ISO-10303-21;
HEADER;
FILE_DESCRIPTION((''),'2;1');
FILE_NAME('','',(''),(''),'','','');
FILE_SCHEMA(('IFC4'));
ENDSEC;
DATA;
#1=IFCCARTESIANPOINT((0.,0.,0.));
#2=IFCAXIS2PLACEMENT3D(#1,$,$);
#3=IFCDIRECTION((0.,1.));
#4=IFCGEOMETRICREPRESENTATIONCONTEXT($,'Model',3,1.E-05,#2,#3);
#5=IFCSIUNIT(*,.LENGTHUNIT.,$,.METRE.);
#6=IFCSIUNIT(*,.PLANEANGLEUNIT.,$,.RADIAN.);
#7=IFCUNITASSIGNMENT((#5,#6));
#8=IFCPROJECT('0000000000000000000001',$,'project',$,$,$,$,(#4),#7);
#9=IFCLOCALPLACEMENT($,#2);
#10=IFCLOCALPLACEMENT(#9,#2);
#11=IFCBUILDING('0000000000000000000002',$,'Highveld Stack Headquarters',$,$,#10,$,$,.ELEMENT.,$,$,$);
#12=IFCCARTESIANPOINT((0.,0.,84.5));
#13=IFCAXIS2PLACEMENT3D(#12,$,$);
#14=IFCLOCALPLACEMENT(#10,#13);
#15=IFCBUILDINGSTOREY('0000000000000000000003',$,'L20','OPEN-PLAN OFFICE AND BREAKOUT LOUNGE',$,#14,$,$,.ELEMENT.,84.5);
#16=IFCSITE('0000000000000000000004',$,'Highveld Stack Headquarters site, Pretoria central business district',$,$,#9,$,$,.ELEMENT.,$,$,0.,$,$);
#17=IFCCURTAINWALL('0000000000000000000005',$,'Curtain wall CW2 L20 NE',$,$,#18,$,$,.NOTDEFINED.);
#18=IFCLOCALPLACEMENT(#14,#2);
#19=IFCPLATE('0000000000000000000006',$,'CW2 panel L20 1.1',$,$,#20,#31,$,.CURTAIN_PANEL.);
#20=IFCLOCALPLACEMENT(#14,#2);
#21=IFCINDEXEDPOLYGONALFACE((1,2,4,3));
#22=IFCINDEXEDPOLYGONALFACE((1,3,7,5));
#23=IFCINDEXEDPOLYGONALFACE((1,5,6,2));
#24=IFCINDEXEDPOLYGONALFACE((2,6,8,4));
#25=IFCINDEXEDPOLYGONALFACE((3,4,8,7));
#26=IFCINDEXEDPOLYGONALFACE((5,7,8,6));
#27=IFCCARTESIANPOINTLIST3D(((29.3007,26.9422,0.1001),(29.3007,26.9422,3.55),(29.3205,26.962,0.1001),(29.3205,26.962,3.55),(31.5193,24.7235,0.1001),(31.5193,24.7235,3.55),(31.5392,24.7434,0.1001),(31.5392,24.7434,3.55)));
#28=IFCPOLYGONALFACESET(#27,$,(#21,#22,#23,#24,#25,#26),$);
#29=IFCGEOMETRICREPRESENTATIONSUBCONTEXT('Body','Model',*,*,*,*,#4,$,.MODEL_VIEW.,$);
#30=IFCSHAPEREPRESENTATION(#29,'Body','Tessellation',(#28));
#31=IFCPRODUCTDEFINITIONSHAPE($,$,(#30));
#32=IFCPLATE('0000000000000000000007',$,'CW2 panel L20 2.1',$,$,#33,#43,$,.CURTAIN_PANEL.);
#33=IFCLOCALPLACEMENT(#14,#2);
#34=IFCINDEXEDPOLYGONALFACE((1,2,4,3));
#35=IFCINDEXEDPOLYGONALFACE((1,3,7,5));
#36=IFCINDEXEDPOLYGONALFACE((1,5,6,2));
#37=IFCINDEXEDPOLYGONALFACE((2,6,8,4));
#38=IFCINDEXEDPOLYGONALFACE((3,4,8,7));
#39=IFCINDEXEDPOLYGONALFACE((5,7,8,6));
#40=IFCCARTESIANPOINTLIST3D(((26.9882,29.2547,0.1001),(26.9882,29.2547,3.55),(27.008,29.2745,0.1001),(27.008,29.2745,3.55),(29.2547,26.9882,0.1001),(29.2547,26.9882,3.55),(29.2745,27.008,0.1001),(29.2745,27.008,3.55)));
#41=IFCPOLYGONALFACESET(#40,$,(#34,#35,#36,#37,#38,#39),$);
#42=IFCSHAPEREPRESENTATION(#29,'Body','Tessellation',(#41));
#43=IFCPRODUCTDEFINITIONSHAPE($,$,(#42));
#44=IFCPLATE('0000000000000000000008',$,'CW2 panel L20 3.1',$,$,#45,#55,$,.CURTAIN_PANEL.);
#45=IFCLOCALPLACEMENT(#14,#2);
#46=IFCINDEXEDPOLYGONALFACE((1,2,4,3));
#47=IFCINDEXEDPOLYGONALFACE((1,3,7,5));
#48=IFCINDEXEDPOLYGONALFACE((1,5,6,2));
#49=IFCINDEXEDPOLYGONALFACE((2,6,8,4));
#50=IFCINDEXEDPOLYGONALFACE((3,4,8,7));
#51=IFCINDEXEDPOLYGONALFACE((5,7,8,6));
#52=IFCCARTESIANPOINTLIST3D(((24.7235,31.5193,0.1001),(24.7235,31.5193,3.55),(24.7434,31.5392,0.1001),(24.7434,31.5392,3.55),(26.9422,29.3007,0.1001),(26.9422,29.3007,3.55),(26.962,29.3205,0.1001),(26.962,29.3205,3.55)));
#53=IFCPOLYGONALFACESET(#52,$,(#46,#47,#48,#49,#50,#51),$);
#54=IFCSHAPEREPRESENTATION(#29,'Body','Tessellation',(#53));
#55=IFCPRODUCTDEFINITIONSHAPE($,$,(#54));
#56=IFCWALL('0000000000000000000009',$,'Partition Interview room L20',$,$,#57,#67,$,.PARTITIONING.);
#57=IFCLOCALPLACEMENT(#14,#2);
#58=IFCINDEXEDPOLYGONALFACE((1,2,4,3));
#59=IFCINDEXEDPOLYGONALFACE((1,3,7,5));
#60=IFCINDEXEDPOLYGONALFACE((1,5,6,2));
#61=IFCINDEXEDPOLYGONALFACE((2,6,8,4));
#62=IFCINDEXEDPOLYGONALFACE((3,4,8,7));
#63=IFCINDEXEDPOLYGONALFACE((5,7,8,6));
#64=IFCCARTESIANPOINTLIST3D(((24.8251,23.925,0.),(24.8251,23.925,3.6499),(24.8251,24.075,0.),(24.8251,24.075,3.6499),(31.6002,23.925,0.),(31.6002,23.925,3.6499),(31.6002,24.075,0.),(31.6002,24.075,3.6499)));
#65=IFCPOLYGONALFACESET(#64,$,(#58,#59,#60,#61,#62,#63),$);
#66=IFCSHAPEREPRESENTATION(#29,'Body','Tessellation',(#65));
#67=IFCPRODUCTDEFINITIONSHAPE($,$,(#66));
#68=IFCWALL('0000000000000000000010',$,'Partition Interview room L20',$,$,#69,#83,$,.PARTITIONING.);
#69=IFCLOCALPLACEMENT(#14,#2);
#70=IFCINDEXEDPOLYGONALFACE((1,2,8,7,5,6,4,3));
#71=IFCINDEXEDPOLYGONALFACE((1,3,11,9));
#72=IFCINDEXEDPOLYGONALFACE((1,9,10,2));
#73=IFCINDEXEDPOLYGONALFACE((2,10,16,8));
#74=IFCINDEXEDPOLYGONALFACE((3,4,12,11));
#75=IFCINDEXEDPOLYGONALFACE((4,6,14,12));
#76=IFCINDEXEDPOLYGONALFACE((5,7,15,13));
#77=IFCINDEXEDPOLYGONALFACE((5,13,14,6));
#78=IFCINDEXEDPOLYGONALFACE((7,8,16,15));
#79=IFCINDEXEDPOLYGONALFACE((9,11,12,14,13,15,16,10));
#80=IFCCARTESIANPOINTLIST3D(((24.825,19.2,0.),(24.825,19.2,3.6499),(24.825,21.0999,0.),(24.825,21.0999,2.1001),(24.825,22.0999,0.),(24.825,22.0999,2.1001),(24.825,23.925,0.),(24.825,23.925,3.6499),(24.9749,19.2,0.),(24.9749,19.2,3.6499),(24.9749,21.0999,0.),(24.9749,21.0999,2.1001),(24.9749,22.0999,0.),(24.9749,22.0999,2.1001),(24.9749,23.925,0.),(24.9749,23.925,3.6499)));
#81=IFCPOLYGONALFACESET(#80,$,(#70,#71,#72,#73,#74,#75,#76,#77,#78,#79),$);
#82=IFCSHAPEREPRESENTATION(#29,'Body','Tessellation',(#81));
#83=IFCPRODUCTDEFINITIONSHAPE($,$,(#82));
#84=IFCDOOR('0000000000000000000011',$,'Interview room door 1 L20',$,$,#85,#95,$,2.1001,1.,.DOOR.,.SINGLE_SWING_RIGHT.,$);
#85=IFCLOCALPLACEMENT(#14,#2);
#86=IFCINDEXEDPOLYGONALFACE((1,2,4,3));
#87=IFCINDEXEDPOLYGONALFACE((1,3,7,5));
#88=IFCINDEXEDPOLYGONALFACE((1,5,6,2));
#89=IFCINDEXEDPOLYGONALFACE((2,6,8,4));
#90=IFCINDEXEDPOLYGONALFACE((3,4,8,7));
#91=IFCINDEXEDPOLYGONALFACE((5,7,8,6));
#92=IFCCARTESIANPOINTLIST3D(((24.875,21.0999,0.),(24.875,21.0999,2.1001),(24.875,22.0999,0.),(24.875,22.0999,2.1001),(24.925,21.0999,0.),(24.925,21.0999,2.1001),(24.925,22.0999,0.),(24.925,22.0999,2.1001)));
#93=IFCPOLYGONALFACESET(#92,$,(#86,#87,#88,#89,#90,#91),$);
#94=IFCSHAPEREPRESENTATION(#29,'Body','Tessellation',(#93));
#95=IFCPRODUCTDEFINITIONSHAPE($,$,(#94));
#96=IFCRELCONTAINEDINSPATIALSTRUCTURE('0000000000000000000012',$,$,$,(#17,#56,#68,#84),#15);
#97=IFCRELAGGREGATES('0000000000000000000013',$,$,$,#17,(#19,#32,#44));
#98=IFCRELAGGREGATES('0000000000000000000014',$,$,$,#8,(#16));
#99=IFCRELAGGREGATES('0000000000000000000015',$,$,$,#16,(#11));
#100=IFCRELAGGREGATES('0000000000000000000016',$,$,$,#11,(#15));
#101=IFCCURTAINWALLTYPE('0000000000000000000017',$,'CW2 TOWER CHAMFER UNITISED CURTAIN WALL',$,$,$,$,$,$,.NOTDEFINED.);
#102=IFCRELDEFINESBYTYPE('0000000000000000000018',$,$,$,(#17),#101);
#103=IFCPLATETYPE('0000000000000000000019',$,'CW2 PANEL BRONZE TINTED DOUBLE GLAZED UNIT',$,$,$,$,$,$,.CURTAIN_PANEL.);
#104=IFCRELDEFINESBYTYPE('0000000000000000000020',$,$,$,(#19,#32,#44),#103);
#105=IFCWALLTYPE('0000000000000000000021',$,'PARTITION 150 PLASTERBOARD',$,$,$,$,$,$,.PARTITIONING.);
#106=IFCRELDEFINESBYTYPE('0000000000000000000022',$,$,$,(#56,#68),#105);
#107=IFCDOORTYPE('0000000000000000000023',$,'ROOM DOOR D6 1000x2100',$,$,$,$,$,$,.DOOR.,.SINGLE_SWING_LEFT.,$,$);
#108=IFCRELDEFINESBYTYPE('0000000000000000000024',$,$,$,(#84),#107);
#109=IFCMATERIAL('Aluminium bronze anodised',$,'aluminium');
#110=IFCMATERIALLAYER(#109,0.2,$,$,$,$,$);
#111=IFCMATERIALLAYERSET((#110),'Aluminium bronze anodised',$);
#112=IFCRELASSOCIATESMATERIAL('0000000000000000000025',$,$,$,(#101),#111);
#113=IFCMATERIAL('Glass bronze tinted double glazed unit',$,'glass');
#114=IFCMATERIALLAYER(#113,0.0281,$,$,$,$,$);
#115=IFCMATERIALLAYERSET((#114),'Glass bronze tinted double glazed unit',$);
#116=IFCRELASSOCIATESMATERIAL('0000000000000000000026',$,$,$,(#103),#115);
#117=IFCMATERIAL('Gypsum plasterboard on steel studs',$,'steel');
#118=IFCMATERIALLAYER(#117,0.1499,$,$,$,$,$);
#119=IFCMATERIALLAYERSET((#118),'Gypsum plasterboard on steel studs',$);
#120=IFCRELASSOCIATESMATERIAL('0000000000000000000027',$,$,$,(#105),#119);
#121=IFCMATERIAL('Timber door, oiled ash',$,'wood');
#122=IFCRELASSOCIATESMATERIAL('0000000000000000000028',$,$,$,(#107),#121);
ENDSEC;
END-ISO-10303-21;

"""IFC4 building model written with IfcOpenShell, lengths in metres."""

from ifc_helpers import new_model, si_unit, direction, frame, frame_2d, origin, origin_2d, place, context, subcontext, project, spatial, rectangle, extrude, material, layer, layer_set, type_object, element, fill, aggregate, save


model = new_model("IFC4")

# Units and contexts
model_context = context("Model", 3, precision=1e-05, world=origin(), true_north=direction((0.0, 1.0)))
body_context = subcontext(model_context, "Body", "Model", "MODEL_VIEW")
ifc_project = project(units=[si_unit("LENGTHUNIT", "METRE"), si_unit("PLANEANGLEUNIT", "RADIAN")], contexts=[model_context])

# Site, building, storey
site_placement = place(None, origin())
site = spatial("IfcSite", under=ifc_project, at=site_placement, Name="Highveld Stack Headquarters site, Pretoria central business district", CompositionType="ELEMENT", RefElevation=0.0)
building_placement = place(site_placement, origin())
building = spatial("IfcBuilding", under=site, at=building_placement, Name="Highveld Stack Headquarters", CompositionType="ELEMENT")
storey_placement = place(building_placement, frame((0.0, 0.0, 84.5)))
storey = spatial("IfcBuildingStorey", under=building, at=storey_placement, Name="L20", Description="OPEN-PLAN OFFICE AND BREAKOUT LOUNGE", CompositionType="ELEMENT", Elevation=84.5)

# Curtain wall
ifc_material_1 = material(Name="Aluminium bronze anodised", Category="aluminium")
ifc_layer_1 = layer(ifc_material_1, 0.2)
ifc_layer_set_1 = layer_set([ifc_layer_1], Name="Aluminium bronze anodised")
curtain_wall_type_1 = type_object("IfcCurtainWallType", Name="CW2 TOWER CHAMFER UNITISED CURTAIN WALL", PredefinedType="NOTDEFINED", material=ifc_layer_set_1)
curtain_wall_1_placement = place(storey_placement, origin())
curtain_wall_1 = element("IfcCurtainWall", 1, at=curtain_wall_1_placement, inside=storey, type_object=curtain_wall_type_1, Name="Curtain wall CW2 L20 NE", PredefinedType="NOTDEFINED")

# Plates
ifc_material_2 = material(Name="Glass bronze tinted double glazed unit", Category="glass")
ifc_layer_2 = layer(ifc_material_2, 0.0281)
ifc_layer_set_2 = layer_set([ifc_layer_2], Name="Glass bronze tinted double glazed unit")
plate_type_1 = type_object("IfcPlateType", Name="CW2 PANEL BRONZE TINTED DOUBLE GLAZED UNIT", PredefinedType="CURTAIN_PANEL", material=ifc_layer_set_2)
plate_1_placement = place(storey_placement, frame((30.4199, 25.8428, 0.1001), z_axis=(0.0, 0.0, 1.0), x_axis=(-0.707107, 0.707107, 0.0)))
plate_1 = element("IfcPlate", 2, at=plate_1_placement, type_object=plate_type_1, Name="CW2 panel L20 1.1", PredefinedType="CURTAIN_PANEL", context=body_context, shape_type="SweptSolid", body=[
    extrude(rectangle(XDim=3.1377, YDim=0.0281, at=origin_2d()), origin(), (0.0, 0.0, 1.0), 3.45),
])
plate_2_placement = place(storey_placement, frame((28.1313, 28.1313, 0.1001), z_axis=(0.0, 0.0, 1.0), x_axis=(-0.707107, 0.707107, 0.0)))
plate_2 = element("IfcPlate", 3, at=plate_2_placement, type_object=plate_type_1, Name="CW2 panel L20 2.1", PredefinedType="CURTAIN_PANEL", context=body_context, shape_type="SweptSolid", body=[
    extrude(rectangle(XDim=3.2053, YDim=0.0281, at=origin_2d()), origin(), (0.0, 0.0, 1.0), 3.45),
])
plate_3_placement = place(storey_placement, frame((25.8428, 30.4199, 0.1001), z_axis=(0.0, 0.0, 1.0), x_axis=(-0.707107, 0.707107, 0.0)))
plate_3 = element("IfcPlate", 4, at=plate_3_placement, type_object=plate_type_1, Name="CW2 panel L20 3.1", PredefinedType="CURTAIN_PANEL", context=body_context, shape_type="SweptSolid", body=[
    extrude(rectangle(XDim=3.1377, YDim=0.0281, at=origin_2d()), origin(), (0.0, 0.0, 1.0), 3.45),
])
aggregate(curtain_wall_1, [plate_1, plate_2, plate_3])

# Wall
ifc_material_3 = material(Name="Gypsum plasterboard on steel studs", Category="steel")
ifc_layer_3 = layer(ifc_material_3, 0.1499)
ifc_layer_set_3 = layer_set([ifc_layer_3], Name="Gypsum plasterboard on steel studs")
wall_type = type_object("IfcWallType", Name="PARTITION 150 PLASTERBOARD", PredefinedType="PARTITIONING", material=ifc_layer_set_3)
wall_1_placement = place(storey_placement, frame((24.825, 24.0, 0.0), z_axis=(0.0, 0.0, 1.0), x_axis=(1.0, 0.0, 0.0)))
element("IfcWall", 5, at=wall_1_placement, inside=storey, type_object=wall_type, Name="Partition Interview room L20", PredefinedType="PARTITIONING", context=body_context, shape_type="SweptSolid", body=[
    extrude(rectangle(XDim=6.7751, YDim=0.1499, at=frame_2d((3.3877, 0.0))), origin(), (0.0, 0.0, 1.0), 3.6499),
])

# Wall, opening, door
wall_2_placement = place(storey_placement, frame((24.8999, 19.2, 0.0), z_axis=(0.0, 0.0, 1.0), x_axis=(0.0, 1.0, 0.0)))
wall_2 = element("IfcWall", 6, at=wall_2_placement, inside=storey, type_object=wall_type, Name="Partition Interview room L20", PredefinedType="PARTITIONING", context=body_context, shape_type="SweptSolid", body=[
    extrude(rectangle(XDim=4.7251, YDim=0.1499, at=frame_2d((2.3625, 0.0))), origin(), (0.0, 0.0, 1.0), 3.6499),
])
opening_placement = place(wall_2_placement, frame((1.8999, 0.0, 0.0)))
opening = element("IfcOpeningElement", 7, at=opening_placement, cuts=wall_2, PredefinedType="OPENING", context=body_context, shape_type="SweptSolid", body=[
    extrude(rectangle(XDim=1.0, YDim=2.1001, at=frame_2d((0.5, 1.05))), frame((0.0, 0.085, 0.0), z_axis=(0.0, -1.0, 0.0), x_axis=(1.0, 0.0, 0.0)), (0.0, 0.0, 1.0), 0.1699),
])
ifc_material_4 = material(Name="Timber door, oiled ash", Category="wood")
door_type = type_object("IfcDoorType", Name="ROOM DOOR D6 1000x2100", OperationType="SINGLE_SWING_LEFT", PredefinedType="DOOR", material=ifc_material_4)
door_placement = place(opening_placement, origin())
door = element("IfcDoor", 8, at=door_placement, inside=storey, type_object=door_type, Name="Interview room door 1 L20", OperationType="SINGLE_SWING_RIGHT", OverallHeight=2.1001, OverallWidth=1.0, PredefinedType="DOOR", context=body_context, shape_type="SweptSolid", body=[
    extrude(rectangle(XDim=1.0, YDim=2.1001, at=frame_2d((0.5, 1.05))), frame((0.0, 0.0249, 0.0), z_axis=(0.0, -1.0, 0.0), x_axis=(1.0, 0.0, 0.0)), (0.0, 0.0, 1.0), 0.05),
])
fill(opening, door)

save(model, "model.ifc")
